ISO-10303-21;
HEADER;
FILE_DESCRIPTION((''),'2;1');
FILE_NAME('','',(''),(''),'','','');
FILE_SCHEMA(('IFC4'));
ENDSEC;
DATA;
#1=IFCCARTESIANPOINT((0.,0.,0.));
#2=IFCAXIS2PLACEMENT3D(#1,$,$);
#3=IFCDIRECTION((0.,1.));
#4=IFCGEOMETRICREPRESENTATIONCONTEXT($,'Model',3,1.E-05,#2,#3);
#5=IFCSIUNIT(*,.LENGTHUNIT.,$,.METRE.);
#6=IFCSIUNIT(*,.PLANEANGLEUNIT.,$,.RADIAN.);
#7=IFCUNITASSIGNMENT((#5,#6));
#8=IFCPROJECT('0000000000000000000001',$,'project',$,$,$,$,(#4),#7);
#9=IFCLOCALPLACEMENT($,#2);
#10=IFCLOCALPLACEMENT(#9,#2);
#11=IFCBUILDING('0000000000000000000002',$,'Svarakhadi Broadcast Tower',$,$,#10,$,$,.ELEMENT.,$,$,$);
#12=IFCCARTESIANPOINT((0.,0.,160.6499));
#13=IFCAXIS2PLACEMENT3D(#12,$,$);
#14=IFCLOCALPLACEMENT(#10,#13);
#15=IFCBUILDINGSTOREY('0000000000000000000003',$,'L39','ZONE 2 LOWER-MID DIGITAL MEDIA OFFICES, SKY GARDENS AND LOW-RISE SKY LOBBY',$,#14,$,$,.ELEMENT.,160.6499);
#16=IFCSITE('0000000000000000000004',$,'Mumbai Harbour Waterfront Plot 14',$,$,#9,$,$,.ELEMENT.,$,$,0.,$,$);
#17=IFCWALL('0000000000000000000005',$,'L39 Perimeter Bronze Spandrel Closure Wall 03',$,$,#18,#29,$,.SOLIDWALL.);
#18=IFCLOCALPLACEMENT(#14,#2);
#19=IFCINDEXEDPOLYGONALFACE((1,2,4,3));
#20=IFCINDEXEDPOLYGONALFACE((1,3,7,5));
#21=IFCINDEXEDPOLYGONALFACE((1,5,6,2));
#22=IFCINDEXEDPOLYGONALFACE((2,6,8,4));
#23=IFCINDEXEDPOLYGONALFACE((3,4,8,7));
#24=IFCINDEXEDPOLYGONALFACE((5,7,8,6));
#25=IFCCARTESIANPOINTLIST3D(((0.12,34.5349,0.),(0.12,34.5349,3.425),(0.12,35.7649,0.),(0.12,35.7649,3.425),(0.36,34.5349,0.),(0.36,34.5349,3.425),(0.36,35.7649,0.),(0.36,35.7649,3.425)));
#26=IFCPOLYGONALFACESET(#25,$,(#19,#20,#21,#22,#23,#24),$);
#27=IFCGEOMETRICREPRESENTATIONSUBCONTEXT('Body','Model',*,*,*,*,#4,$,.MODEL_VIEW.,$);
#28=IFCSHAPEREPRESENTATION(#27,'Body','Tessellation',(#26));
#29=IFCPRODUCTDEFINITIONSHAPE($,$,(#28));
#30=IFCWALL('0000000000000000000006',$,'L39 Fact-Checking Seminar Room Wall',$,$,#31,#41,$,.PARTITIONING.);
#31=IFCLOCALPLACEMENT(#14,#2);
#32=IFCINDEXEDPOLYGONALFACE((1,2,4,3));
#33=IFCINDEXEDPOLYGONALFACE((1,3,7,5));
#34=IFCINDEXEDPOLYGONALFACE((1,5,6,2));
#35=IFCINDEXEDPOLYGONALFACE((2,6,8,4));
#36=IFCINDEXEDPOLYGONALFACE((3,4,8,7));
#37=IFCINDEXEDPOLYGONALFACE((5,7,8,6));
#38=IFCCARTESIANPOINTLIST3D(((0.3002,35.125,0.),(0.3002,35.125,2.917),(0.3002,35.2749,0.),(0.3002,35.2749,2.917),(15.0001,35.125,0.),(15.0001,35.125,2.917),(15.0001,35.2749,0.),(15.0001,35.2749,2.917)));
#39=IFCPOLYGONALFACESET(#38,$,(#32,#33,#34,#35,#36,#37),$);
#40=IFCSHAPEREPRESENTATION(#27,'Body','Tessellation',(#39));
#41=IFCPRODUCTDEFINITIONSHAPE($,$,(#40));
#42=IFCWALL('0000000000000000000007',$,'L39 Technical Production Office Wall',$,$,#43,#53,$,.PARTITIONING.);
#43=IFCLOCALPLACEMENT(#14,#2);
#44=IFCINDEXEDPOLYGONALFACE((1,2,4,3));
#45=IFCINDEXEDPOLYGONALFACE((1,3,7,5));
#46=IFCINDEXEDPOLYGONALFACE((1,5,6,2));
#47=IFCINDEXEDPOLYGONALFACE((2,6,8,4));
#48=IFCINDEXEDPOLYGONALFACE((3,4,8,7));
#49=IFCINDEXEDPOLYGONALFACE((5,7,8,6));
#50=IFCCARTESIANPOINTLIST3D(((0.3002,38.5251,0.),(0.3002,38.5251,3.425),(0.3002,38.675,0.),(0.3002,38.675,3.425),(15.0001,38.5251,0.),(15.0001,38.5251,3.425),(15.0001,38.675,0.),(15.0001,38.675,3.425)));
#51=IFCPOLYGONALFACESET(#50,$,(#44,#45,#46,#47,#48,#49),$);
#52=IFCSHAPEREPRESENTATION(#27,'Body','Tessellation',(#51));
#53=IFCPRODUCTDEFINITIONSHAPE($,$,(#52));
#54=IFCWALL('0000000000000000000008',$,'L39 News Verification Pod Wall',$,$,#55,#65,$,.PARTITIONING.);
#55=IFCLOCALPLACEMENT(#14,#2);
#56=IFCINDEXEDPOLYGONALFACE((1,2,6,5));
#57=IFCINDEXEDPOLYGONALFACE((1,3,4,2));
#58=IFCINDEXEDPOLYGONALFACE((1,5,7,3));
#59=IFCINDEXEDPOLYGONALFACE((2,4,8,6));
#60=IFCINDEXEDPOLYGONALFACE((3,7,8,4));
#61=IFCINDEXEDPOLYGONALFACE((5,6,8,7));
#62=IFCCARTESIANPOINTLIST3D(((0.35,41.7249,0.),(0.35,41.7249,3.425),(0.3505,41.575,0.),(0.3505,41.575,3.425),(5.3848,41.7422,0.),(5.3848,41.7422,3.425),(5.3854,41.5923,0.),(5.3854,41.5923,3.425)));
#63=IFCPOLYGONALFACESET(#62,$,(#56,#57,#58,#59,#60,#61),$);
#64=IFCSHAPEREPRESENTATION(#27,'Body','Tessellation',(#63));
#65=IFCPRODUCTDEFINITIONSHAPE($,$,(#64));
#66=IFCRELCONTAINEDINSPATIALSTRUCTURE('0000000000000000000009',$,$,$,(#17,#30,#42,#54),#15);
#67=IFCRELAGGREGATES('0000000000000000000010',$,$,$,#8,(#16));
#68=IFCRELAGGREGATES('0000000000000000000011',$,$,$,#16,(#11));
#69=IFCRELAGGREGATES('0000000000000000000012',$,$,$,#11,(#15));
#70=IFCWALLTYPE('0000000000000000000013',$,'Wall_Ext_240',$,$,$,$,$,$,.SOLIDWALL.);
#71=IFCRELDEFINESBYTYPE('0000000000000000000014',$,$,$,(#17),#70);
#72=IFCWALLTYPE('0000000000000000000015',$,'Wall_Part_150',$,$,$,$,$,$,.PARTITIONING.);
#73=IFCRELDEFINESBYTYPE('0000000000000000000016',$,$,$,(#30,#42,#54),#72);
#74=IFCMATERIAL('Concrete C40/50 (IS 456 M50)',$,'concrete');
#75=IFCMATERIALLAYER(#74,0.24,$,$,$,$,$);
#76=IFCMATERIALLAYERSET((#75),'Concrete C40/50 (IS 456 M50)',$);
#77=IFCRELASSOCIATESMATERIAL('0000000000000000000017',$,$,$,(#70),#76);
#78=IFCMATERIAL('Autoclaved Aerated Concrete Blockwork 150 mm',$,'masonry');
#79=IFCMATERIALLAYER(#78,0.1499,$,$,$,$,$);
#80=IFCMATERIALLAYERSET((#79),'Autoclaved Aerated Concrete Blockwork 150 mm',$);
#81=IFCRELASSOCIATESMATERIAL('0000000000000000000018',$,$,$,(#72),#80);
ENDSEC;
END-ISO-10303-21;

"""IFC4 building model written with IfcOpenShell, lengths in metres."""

from ifc_helpers import new_model, si_unit, direction, frame, frame_2d, origin, place, context, subcontext, project, spatial, rectangle, extrude, material, layer, layer_set, type_object, element, save


model = new_model("IFC4")

# Units and contexts
model_context = context("Model", 3, precision=1e-05, world=origin(), true_north=direction((0.0, 1.0)))
body_context = subcontext(model_context, "Body", "Model", "MODEL_VIEW")
ifc_project = project(units=[si_unit("LENGTHUNIT", "METRE"), si_unit("PLANEANGLEUNIT", "RADIAN")], contexts=[model_context])

# Site, building, storey
site_placement = place(None, origin())
site = spatial("IfcSite", under=ifc_project, at=site_placement, Name="Mumbai Harbour Waterfront Plot 14", CompositionType="ELEMENT", RefElevation=0.0)
building_placement = place(site_placement, origin())
building = spatial("IfcBuilding", under=site, at=building_placement, Name="Svarakhadi Broadcast Tower", CompositionType="ELEMENT")
storey_placement = place(building_placement, frame((0.0, 0.0, 160.6499)))
storey = spatial("IfcBuildingStorey", under=building, at=storey_placement, Name="L39", Description="ZONE 2 LOWER-MID DIGITAL MEDIA OFFICES, SKY GARDENS AND LOW-RISE SKY LOBBY", CompositionType="ELEMENT", Elevation=160.6499)

# Walls
ifc_material_1 = material(Name="Concrete C40/50 (IS 456 M50)", Category="concrete")
ifc_layer_1 = layer(ifc_material_1, 0.24)
ifc_layer_set_1 = layer_set([ifc_layer_1], Name="Concrete C40/50 (IS 456 M50)")
wall_type_1 = type_object("IfcWallType", Name="Wall_Ext_240", PredefinedType="SOLIDWALL", material=ifc_layer_set_1)
wall_1_placement = place(storey_placement, frame((0.24, 34.5349, 0.0), z_axis=(0.0, 0.0, 1.0), x_axis=(0.0, 1.0, 0.0)))
element("IfcWall", 1, at=wall_1_placement, inside=storey, type_object=wall_type_1, Name="L39 Perimeter Bronze Spandrel Closure Wall 03", PredefinedType="SOLIDWALL", context=body_context, shape_type="SweptSolid", body=[
    extrude(rectangle(XDim=1.23, YDim=0.24, at=frame_2d((0.615, 0.0))), origin(), (0.0, 0.0, 1.0), 3.425),
])
ifc_material_2 = material(Name="Autoclaved Aerated Concrete Blockwork 150 mm", Category="masonry")
ifc_layer_2 = layer(ifc_material_2, 0.1499)
ifc_layer_set_2 = layer_set([ifc_layer_2], Name="Autoclaved Aerated Concrete Blockwork 150 mm")
wall_type_2 = type_object("IfcWallType", Name="Wall_Part_150", PredefinedType="PARTITIONING", material=ifc_layer_set_2)
wall_2_placement = place(storey_placement, frame((0.3, 35.2, 0.0), z_axis=(0.0, 0.0, 1.0), x_axis=(1.0, 0.0, 0.0)))
element("IfcWall", 2, at=wall_2_placement, inside=storey, type_object=wall_type_2, Name="L39 Fact-Checking Seminar Room Wall", PredefinedType="PARTITIONING", context=body_context, shape_type="SweptSolid", body=[
    extrude(rectangle(XDim=14.7, YDim=0.1499, at=frame_2d((7.3501, 0.0))), origin(), (0.0, 0.0, 1.0), 2.917),
])
wall_3_placement = place(storey_placement, frame((0.3, 38.6001, 0.0), z_axis=(0.0, 0.0, 1.0), x_axis=(1.0, 0.0, 0.0)))
element("IfcWall", 3, at=wall_3_placement, inside=storey, type_object=wall_type_2, Name="L39 Technical Production Office Wall", PredefinedType="PARTITIONING", context=body_context, shape_type="SweptSolid", body=[
    extrude(rectangle(XDim=14.7, YDim=0.1499, at=frame_2d((7.3501, 0.0))), origin(), (0.0, 0.0, 1.0), 3.425),
])
wall_4_placement = place(storey_placement, frame((0.3501, 41.6499, 0.0), z_axis=(0.0, 0.0, 1.0), x_axis=(0.999994, 0.003443, 0.0)))
element("IfcWall", 4, at=wall_4_placement, inside=storey, type_object=wall_type_2, Name="L39 News Verification Pod Wall", PredefinedType="PARTITIONING", context=body_context, shape_type="SweptSolid", body=[
    extrude(rectangle(XDim=5.0349, YDim=0.1499, at=frame_2d((2.5176, 0.0))), origin(), (0.0, 0.0, 1.0), 3.425),
])

save(model, "model.ifc")
